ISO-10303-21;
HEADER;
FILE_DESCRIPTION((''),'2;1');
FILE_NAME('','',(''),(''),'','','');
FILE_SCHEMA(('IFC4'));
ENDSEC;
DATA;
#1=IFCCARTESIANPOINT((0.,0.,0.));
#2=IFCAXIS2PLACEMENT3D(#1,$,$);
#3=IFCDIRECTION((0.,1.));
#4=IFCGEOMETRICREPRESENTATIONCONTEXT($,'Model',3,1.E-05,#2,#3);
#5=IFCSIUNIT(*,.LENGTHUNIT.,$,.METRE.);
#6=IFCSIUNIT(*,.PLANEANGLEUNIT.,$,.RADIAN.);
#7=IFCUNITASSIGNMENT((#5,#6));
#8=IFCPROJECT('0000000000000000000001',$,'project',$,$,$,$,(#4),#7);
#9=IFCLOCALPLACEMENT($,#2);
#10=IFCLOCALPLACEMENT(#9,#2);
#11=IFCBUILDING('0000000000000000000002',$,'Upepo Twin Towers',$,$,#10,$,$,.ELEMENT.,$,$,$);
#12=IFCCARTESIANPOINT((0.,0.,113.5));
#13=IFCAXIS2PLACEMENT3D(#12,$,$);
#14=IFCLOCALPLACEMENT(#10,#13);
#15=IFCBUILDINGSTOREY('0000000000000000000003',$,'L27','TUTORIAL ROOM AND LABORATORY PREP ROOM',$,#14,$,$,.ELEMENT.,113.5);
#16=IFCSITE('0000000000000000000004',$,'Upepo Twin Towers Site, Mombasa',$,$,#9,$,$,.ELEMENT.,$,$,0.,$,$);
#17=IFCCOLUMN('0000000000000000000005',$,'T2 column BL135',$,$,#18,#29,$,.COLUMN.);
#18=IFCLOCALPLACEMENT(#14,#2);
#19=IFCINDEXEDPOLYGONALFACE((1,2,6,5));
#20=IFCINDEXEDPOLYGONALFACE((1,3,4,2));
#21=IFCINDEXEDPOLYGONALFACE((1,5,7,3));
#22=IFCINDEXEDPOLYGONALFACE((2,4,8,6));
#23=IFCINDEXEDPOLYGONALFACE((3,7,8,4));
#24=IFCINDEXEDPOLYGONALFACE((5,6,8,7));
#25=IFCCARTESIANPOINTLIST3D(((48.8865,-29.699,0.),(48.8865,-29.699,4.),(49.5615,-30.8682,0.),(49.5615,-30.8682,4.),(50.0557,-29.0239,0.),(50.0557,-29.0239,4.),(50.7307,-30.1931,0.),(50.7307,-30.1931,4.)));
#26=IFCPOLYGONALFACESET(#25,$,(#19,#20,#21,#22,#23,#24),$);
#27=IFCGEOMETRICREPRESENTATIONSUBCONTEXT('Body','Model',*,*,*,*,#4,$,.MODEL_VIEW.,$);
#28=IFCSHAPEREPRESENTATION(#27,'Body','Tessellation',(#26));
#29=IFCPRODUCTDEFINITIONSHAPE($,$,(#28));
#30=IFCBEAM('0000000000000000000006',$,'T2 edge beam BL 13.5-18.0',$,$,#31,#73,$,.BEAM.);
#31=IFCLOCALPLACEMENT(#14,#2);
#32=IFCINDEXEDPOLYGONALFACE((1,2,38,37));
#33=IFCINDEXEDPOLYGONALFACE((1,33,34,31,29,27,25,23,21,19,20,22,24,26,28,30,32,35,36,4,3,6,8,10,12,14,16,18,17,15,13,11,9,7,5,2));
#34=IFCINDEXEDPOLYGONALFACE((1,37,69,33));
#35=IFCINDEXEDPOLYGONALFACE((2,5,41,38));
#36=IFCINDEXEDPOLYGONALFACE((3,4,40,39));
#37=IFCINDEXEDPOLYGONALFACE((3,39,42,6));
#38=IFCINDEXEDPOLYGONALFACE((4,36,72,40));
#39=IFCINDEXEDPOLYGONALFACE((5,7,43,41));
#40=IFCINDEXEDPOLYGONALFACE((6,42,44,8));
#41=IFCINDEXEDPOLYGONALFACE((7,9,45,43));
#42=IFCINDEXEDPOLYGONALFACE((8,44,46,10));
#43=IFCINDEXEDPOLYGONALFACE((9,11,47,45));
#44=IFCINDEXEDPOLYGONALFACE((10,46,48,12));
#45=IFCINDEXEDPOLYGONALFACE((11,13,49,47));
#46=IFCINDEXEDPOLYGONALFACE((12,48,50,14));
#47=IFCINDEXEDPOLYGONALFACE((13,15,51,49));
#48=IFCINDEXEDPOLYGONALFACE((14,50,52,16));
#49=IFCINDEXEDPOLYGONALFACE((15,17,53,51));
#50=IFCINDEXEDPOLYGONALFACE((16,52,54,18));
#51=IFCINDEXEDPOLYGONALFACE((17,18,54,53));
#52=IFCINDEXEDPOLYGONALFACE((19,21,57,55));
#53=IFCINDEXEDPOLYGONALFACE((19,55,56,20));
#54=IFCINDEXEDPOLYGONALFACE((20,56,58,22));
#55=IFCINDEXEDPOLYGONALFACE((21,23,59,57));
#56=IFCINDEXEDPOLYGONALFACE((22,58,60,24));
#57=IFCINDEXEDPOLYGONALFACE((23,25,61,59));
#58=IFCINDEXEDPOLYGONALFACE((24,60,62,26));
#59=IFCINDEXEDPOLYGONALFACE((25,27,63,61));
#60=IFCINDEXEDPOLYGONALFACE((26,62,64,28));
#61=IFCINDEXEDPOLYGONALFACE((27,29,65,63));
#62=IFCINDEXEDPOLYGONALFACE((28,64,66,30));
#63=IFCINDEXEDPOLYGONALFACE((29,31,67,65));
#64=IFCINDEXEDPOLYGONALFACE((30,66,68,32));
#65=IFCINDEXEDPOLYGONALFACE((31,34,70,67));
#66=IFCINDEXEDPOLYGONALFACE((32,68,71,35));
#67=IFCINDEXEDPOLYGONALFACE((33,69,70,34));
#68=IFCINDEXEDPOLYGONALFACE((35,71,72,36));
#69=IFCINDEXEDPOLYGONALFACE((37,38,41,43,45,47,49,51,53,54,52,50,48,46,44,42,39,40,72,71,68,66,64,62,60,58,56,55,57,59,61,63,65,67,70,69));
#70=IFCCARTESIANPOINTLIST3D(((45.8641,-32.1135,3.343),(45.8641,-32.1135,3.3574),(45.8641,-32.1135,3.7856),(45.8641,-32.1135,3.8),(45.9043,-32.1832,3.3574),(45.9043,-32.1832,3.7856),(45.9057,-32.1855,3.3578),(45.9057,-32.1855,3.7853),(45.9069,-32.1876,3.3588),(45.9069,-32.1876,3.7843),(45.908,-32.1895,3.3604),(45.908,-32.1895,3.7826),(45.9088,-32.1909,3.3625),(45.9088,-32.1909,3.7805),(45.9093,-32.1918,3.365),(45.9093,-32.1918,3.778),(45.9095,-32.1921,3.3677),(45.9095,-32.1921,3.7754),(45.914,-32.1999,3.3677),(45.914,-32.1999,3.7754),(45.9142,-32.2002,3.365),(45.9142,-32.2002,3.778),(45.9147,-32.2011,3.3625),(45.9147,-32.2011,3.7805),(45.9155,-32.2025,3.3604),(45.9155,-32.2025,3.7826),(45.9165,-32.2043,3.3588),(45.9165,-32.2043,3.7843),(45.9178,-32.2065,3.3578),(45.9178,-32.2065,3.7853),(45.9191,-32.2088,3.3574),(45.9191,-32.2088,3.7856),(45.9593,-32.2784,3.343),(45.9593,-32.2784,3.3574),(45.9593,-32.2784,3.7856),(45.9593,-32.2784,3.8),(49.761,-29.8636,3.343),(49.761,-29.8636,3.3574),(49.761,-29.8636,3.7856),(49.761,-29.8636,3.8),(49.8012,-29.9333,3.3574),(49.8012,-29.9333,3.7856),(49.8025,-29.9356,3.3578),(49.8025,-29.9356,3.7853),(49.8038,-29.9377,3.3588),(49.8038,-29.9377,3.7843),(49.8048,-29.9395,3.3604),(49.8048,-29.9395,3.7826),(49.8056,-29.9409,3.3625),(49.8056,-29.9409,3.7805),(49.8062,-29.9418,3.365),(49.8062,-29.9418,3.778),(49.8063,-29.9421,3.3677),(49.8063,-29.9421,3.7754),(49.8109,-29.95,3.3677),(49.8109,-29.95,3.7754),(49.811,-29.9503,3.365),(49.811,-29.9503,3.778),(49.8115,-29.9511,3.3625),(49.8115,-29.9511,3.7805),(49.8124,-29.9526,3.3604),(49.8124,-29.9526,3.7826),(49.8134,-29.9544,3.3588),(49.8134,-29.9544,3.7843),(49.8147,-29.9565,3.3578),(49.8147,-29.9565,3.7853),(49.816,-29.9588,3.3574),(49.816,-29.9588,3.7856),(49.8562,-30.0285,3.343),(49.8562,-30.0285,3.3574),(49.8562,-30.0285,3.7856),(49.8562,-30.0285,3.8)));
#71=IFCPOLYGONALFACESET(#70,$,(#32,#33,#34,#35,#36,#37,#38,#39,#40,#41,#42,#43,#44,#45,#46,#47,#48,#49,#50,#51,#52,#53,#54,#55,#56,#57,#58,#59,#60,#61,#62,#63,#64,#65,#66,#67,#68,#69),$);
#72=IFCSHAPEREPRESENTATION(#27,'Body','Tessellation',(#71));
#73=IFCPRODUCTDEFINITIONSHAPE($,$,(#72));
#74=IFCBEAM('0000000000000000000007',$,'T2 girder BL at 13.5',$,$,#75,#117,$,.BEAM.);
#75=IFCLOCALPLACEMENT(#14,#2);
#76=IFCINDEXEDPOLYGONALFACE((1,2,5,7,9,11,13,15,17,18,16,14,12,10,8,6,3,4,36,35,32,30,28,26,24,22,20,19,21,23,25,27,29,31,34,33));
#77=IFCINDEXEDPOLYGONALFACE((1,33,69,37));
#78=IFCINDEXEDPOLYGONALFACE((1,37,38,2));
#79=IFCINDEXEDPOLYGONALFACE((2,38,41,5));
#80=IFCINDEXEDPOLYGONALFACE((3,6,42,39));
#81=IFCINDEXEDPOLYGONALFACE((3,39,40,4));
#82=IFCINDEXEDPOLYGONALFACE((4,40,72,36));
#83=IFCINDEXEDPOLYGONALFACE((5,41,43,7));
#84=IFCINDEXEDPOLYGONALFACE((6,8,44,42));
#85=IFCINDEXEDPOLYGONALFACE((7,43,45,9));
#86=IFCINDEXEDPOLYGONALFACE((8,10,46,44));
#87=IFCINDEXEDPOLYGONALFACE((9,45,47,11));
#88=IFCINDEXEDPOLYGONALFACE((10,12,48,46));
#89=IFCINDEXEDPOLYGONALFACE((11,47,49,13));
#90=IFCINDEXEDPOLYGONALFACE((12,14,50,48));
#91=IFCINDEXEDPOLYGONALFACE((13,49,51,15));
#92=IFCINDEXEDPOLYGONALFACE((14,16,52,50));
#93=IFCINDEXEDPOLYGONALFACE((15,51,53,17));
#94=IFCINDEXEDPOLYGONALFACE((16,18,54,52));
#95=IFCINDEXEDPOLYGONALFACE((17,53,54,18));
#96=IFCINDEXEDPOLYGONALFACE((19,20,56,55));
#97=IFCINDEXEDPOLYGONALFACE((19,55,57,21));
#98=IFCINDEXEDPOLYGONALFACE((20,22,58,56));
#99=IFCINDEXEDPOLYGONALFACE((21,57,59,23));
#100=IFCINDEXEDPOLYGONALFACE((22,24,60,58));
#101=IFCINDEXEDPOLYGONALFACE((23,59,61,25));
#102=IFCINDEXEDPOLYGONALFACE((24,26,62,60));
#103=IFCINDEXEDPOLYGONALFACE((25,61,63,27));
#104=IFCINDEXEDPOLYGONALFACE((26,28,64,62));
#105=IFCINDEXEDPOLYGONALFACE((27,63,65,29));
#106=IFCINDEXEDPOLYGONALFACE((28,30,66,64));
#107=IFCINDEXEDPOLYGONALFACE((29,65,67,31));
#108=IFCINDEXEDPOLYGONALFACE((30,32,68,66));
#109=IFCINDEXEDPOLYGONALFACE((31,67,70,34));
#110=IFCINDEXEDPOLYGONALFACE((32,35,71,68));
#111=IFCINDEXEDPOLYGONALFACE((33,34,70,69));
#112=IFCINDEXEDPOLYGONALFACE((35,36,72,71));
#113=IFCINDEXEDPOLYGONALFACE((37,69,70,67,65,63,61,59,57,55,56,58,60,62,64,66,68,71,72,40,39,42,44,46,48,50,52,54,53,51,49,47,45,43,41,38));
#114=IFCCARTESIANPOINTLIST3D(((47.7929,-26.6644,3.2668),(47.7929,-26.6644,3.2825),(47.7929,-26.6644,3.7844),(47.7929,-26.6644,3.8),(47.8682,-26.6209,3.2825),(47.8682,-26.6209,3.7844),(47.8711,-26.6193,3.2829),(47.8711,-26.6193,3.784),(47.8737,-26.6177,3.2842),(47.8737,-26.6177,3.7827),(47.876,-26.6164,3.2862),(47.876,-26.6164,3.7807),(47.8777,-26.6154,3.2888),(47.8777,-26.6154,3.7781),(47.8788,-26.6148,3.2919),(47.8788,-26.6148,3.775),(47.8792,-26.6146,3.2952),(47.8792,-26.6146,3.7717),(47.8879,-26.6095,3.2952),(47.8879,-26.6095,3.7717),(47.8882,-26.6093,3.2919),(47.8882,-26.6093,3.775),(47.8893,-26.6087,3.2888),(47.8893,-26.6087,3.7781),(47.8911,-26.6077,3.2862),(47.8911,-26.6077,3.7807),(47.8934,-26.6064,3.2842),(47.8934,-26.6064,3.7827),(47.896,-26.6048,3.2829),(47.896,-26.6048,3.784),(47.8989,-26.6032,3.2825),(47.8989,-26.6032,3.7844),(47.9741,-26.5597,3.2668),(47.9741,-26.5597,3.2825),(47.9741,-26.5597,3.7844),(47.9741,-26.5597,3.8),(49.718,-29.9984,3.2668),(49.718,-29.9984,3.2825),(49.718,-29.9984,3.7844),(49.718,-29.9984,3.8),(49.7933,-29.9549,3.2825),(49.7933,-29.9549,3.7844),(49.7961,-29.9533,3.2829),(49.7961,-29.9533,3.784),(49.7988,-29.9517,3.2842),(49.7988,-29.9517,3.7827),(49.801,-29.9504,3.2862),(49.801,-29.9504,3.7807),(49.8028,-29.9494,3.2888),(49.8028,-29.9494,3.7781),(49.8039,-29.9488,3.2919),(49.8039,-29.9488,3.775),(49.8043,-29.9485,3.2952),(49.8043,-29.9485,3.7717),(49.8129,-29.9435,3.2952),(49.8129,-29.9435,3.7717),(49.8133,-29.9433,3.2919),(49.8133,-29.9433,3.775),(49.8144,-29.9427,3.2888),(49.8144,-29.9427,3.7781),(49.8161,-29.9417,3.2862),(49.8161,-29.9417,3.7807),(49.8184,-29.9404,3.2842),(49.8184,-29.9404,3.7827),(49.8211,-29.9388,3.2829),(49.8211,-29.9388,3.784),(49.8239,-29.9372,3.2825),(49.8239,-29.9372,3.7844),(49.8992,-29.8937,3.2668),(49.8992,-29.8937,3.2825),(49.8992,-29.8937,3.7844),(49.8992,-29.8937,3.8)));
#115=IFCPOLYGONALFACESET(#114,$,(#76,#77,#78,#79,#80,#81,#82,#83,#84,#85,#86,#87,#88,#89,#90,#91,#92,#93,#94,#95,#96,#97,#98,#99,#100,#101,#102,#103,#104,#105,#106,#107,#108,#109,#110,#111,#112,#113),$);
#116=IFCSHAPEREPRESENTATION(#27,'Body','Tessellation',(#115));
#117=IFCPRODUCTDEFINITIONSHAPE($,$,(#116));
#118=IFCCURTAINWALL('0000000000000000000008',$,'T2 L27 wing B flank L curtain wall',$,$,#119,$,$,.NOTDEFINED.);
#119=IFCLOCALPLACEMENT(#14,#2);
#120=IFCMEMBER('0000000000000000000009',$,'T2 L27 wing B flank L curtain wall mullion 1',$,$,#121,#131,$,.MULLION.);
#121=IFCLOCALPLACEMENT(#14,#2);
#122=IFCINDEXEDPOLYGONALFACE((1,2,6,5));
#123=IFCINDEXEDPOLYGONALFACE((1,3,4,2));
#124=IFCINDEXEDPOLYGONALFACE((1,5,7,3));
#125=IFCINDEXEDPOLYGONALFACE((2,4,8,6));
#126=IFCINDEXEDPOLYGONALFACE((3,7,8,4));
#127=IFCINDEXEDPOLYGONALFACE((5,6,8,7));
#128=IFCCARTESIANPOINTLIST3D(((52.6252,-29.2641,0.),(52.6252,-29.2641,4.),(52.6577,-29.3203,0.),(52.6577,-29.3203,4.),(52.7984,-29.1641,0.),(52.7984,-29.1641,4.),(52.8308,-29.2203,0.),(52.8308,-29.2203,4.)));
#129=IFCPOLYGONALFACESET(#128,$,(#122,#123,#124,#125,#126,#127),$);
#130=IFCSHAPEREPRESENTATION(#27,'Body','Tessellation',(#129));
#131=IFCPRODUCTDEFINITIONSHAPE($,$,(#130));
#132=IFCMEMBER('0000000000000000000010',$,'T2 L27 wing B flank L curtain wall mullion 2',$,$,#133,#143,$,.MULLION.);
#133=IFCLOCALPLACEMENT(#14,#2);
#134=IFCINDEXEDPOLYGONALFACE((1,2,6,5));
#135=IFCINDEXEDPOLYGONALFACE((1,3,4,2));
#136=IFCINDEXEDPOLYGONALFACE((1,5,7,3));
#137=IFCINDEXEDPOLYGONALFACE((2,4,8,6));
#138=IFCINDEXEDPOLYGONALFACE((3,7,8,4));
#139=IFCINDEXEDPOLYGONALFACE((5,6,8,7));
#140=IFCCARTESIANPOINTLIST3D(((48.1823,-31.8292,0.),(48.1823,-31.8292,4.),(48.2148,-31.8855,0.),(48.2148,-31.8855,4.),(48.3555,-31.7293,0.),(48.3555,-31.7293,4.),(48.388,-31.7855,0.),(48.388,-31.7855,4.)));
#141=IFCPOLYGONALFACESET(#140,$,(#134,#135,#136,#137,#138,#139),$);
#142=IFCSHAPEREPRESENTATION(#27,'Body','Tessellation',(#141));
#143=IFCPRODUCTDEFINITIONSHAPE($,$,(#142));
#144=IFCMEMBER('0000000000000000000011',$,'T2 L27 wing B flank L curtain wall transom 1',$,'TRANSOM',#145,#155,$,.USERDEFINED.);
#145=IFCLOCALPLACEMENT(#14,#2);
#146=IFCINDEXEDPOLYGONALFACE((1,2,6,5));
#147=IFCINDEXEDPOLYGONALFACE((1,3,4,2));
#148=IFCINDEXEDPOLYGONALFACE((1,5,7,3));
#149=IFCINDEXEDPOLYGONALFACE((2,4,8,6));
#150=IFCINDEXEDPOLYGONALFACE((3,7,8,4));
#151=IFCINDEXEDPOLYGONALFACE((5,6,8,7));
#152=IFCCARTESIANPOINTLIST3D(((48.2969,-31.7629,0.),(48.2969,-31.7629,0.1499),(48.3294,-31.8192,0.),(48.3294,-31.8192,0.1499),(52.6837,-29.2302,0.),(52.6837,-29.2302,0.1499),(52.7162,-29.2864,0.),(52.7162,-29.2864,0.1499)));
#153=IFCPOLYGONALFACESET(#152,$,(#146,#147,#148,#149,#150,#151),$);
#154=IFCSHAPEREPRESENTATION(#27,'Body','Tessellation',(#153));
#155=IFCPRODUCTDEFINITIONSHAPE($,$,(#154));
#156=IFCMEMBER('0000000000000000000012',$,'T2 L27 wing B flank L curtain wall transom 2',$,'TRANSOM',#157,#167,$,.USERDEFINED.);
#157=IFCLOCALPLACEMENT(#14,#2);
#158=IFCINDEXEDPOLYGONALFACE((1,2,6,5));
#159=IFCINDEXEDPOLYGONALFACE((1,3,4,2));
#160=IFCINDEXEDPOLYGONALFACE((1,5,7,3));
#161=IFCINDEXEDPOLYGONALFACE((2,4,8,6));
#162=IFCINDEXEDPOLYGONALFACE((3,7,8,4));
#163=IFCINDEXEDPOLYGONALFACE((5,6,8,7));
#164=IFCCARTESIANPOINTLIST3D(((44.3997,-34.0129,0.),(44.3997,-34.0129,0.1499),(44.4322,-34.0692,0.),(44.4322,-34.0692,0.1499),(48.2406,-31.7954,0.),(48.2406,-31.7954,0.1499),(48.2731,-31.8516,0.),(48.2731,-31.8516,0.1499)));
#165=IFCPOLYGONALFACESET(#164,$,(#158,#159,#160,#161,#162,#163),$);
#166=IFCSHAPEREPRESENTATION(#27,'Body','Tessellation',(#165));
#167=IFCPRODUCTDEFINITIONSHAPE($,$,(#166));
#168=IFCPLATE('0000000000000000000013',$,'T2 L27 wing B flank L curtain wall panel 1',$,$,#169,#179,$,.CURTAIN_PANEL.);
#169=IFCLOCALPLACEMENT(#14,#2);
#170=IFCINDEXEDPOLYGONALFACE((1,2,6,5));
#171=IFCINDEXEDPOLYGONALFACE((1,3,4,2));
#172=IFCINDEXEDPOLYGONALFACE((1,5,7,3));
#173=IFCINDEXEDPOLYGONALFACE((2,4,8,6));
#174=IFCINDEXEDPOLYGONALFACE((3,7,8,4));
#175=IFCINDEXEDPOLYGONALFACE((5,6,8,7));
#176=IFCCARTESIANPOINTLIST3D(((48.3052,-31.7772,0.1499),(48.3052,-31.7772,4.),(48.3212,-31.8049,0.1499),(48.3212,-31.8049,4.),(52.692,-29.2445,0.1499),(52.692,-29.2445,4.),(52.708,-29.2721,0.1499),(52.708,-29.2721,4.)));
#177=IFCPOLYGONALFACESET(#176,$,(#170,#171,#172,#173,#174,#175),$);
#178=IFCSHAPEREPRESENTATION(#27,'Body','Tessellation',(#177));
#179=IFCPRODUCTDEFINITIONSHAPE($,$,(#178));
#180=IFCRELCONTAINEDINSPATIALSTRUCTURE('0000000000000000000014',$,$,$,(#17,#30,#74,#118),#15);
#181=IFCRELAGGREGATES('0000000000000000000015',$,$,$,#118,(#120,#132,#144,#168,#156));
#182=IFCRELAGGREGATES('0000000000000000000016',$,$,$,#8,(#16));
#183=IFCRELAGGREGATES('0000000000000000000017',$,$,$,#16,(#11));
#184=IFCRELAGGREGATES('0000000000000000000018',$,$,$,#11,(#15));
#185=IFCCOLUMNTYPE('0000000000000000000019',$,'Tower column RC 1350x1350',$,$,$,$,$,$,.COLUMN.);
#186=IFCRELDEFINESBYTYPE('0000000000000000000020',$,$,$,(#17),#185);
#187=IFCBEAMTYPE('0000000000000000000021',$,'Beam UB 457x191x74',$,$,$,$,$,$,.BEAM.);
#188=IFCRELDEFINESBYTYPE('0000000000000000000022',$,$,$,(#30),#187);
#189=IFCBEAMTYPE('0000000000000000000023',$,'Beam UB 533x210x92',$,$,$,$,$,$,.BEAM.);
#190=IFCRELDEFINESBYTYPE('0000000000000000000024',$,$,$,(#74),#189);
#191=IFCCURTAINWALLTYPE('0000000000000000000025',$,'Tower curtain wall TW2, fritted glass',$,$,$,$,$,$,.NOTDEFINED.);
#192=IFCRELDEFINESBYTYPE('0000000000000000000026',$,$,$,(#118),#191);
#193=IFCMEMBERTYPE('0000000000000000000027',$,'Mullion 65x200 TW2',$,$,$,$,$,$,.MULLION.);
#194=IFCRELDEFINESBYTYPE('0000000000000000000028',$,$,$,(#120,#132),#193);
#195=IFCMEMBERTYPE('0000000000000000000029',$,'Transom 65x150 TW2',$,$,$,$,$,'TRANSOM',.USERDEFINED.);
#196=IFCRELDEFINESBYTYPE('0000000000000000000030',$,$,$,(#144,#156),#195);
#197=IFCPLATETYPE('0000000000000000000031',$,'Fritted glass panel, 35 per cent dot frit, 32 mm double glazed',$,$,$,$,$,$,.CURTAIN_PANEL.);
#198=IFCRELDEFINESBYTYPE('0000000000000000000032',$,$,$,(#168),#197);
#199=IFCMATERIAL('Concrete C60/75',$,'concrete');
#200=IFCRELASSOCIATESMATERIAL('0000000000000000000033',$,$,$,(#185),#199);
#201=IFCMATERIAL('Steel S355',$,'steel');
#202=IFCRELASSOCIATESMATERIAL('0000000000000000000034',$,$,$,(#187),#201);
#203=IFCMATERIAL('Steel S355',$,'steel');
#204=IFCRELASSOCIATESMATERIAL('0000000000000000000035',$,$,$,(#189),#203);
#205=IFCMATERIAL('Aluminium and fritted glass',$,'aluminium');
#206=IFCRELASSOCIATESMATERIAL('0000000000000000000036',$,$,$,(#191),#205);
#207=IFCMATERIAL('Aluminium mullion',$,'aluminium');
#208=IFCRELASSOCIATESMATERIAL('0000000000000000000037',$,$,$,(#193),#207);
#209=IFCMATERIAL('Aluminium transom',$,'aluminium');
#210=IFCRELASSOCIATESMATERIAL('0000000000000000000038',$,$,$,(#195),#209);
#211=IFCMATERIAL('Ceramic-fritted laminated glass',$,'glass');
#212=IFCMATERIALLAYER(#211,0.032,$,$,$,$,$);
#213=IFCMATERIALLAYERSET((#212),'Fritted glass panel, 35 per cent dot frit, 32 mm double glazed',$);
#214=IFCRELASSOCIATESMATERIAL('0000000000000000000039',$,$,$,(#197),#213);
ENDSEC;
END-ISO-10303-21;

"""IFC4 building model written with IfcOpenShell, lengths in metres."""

from ifc_helpers import new_model, si_unit, direction, frame, origin, origin_2d, place, context, subcontext, project, spatial, rectangle, i_section, extrude, material, layer, layer_set, material_profile, profile_set, type_object, element, aggregate, save


model = new_model("IFC4")

# Units and contexts
model_context = context("Model", 3, precision=1e-05, world=origin(), true_north=direction((0.0, 1.0)))
body_context = subcontext(model_context, "Body", "Model", "MODEL_VIEW")
ifc_project = project(units=[si_unit("LENGTHUNIT", "METRE"), si_unit("PLANEANGLEUNIT", "RADIAN")], contexts=[model_context])

# Site, building, storey
site_placement = place(None, origin())
site = spatial("IfcSite", under=ifc_project, at=site_placement, Name="Upepo Twin Towers Site, Mombasa", CompositionType="ELEMENT", RefElevation=0.0)
building_placement = place(site_placement, origin())
building = spatial("IfcBuilding", under=site, at=building_placement, Name="Upepo Twin Towers", CompositionType="ELEMENT")
storey_placement = place(building_placement, frame((0.0, 0.0, 113.5)))
storey = spatial("IfcBuildingStorey", under=building, at=storey_placement, Name="L27", Description="TUTORIAL ROOM AND LABORATORY PREP ROOM", CompositionType="ELEMENT", Elevation=113.5)

# Column
ifc_material_1 = material(Name="Concrete C60/75", Category="concrete")
ifc_material_profile_1 = material_profile(ifc_material_1, rectangle(XDim=1.3501, YDim=1.3501, at=origin_2d()), Name="RC 1350x1350")
ifc_profile_set_1 = profile_set([ifc_material_profile_1], Name="Concrete C60/75")
column_type = type_object("IfcColumnType", Name="Tower column RC 1350x1350", PredefinedType="COLUMN", material=ifc_profile_set_1)
column_placement = place(storey_placement, frame((49.8086, -29.946, 0.0), z_axis=(0.0, 0.0, 1.0), x_axis=(0.866025, 0.5, 0.0)))
element("IfcColumn", 1, at=column_placement, inside=storey, type_object=column_type, Name="T2 column BL135", PredefinedType="COLUMN", context=body_context, shape_type="SweptSolid", body=[
    extrude(rectangle(XDim=1.3501, YDim=1.3501, at=origin_2d()), origin(), (0.0, 0.0, 1.0), 4.0),
])

# Beams
ifc_material_2 = material(Name="Steel S355", Category="steel")
ifc_material_profile_2 = material_profile(ifc_material_2, i_section(OverallWidth=0.1904, OverallDepth=0.457, WebThickness=0.009, FlangeThickness=0.0144, FilletRadius=0.0103, at=origin_2d()), Name="UB 457x191x74")
ifc_profile_set_2 = profile_set([ifc_material_profile_2], Name="Steel S355")
beam_type_1 = type_object("IfcBeamType", Name="Beam UB 457x191x74", PredefinedType="BEAM", material=ifc_profile_set_2)
beam_1_placement = place(storey_placement, frame((49.8086, -29.946, 3.5715), z_axis=(-0.866018, -0.500014, 0.0), x_axis=(0.500014, -0.866018, 0.0)))
element("IfcBeam", 2, at=beam_1_placement, inside=storey, type_object=beam_type_1, Name="T2 edge beam BL 13.5-18.0", PredefinedType="BEAM", context=body_context, shape_type="SweptSolid", body=[
    extrude(i_section(OverallWidth=0.1904, OverallDepth=0.457, WebThickness=0.009, FlangeThickness=0.0144, FilletRadius=0.0103, at=origin_2d()), origin(), (0.0, 0.0, 1.0), 4.4998),
])
ifc_material_3 = material(Name="Steel S355", Category="steel")
ifc_material_profile_3 = material_profile(ifc_material_3, i_section(OverallWidth=0.2092, OverallDepth=0.5332, WebThickness=0.01, FlangeThickness=0.0156, FilletRadius=0.0127, at=origin_2d()), Name="UB 533x210x92")
ifc_profile_set_3 = profile_set([ifc_material_profile_3], Name="Steel S355")
beam_type_2 = type_object("IfcBeamType", Name="Beam UB 533x210x92", PredefinedType="BEAM", material=ifc_profile_set_3)
beam_2_placement = place(storey_placement, frame((49.8086, -29.946, 3.5334), z_axis=(-0.500034, 0.866006, 0.0), x_axis=(-0.866006, -0.500034, 0.0)))
element("IfcBeam", 3, at=beam_2_placement, inside=storey, type_object=beam_type_2, Name="T2 girder BL at 13.5", PredefinedType="BEAM", context=body_context, shape_type="SweptSolid", body=[
    extrude(i_section(OverallWidth=0.2092, OverallDepth=0.5332, WebThickness=0.01, FlangeThickness=0.0156, FilletRadius=0.0127, at=origin_2d()), origin(), (0.0, 0.0, 1.0), 3.8499),
])

# Curtain wall, members, plate
ifc_material_4 = material(Name="Aluminium and fritted glass", Category="aluminium")
curtain_wall_type = type_object("IfcCurtainWallType", Name="Tower curtain wall TW2, fritted glass", PredefinedType="NOTDEFINED", material=ifc_material_4)
curtain_wall_placement = place(storey_placement, origin())
curtain_wall = element("IfcCurtainWall", 4, at=curtain_wall_placement, inside=storey, type_object=curtain_wall_type, Name="T2 L27 wing B flank L curtain wall", PredefinedType="NOTDEFINED")
ifc_material_5 = material(Name="Aluminium mullion", Category="aluminium")
ifc_material_profile_4 = material_profile(ifc_material_5, rectangle(XDim=0.0649, YDim=0.2, at=origin_2d()), Name="MULLION 65x200")
ifc_profile_set_4 = profile_set([ifc_material_profile_4], Name="Aluminium mullion")
member_type_1 = type_object("IfcMemberType", Name="Mullion 65x200 TW2", PredefinedType="MULLION", material=ifc_profile_set_4)
member_1_placement = place(storey_placement, frame((52.728, -29.2422, 0.0), z_axis=(0.0, 0.0, 1.0), x_axis=(0.5, -0.866025, 0.0)))
member_1 = element("IfcMember", 5, at=member_1_placement, type_object=member_type_1, Name="T2 L27 wing B flank L curtain wall mullion 1", PredefinedType="MULLION", context=body_context, shape_type="SweptSolid", body=[
    extrude(rectangle(XDim=0.0649, YDim=0.2, at=origin_2d()), origin(), (0.0, 0.0, 1.0), 4.0),
])
member_2_placement = place(storey_placement, frame((48.2852, -31.8074, 0.0), z_axis=(0.0, 0.0, 1.0), x_axis=(0.5, -0.866025, 0.0)))
member_2 = element("IfcMember", 6, at=member_2_placement, type_object=member_type_1, Name="T2 L27 wing B flank L curtain wall mullion 2", PredefinedType="MULLION", context=body_context, shape_type="SweptSolid", body=[
    extrude(rectangle(XDim=0.0649, YDim=0.2, at=origin_2d()), origin(), (0.0, 0.0, 1.0), 4.0),
])
ifc_material_6 = material(Name="Aluminium transom", Category="aluminium")
ifc_material_profile_5 = material_profile(ifc_material_6, rectangle(XDim=0.0649, YDim=0.1499, at=origin_2d()), Name="TRANSOM 65x150")
ifc_profile_set_5 = profile_set([ifc_material_profile_5], Name="Aluminium transom")
member_type_2 = type_object("IfcMemberType", Name="Transom 65x150 TW2", ElementType="TRANSOM", PredefinedType="USERDEFINED", material=ifc_profile_set_5)
member_3_placement = place(storey_placement, frame((52.7, -29.2583, 0.075), z_axis=(-0.866022, -0.500006, 0.0), x_axis=(0.500006, -0.866022, 0.0)))
member_3 = element("IfcMember", 7, at=member_3_placement, type_object=member_type_2, Name="T2 L27 wing B flank L curtain wall transom 1", ObjectType="TRANSOM", PredefinedType="USERDEFINED", context=body_context, shape_type="SweptSolid", body=[
    extrude(rectangle(XDim=0.0649, YDim=0.1499, at=origin_2d()), origin(), (0.0, 0.0, 1.0), 5.0654),
])
member_4_placement = place(storey_placement, frame((48.2568, -31.8235, 0.075), z_axis=(-0.866022, -0.500005, 0.0), x_axis=(0.500005, -0.866022, 0.0)))
member_4 = element("IfcMember", 8, at=member_4_placement, type_object=member_type_2, Name="T2 L27 wing B flank L curtain wall transom 2", ObjectType="TRANSOM", PredefinedType="USERDEFINED", context=body_context, shape_type="SweptSolid", body=[
    extrude(rectangle(XDim=0.0649, YDim=0.1499, at=origin_2d()), origin(), (0.0, 0.0, 1.0), 4.4351),
])
ifc_material_7 = material(Name="Ceramic-fritted laminated glass", Category="glass")
ifc_layer_1 = layer(ifc_material_7, 0.032)
ifc_layer_set_1 = layer_set([ifc_layer_1], Name="Fritted glass panel, 35 per cent dot frit, 32 mm double glazed")
plate_type = type_object("IfcPlateType", Name="Fritted glass panel, 35 per cent dot frit, 32 mm double glazed", PredefinedType="CURTAIN_PANEL", material=ifc_layer_set_1)
plate_placement = place(storey_placement, frame((50.5066, -30.5247, 0.1499), z_axis=(0.0, 0.0, 1.0), x_axis=(-0.866025, -0.5, 0.0)))
plate = element("IfcPlate", 9, at=plate_placement, type_object=plate_type, Name="T2 L27 wing B flank L curtain wall panel 1", PredefinedType="CURTAIN_PANEL", context=body_context, shape_type="SweptSolid", body=[
    extrude(rectangle(XDim=5.0654, YDim=0.032, at=origin_2d()), origin(), (0.0, 0.0, 1.0), 3.8501),
])
aggregate(curtain_wall, [member_1, member_2, member_3, plate, member_4])

save(model, "model.ifc")
